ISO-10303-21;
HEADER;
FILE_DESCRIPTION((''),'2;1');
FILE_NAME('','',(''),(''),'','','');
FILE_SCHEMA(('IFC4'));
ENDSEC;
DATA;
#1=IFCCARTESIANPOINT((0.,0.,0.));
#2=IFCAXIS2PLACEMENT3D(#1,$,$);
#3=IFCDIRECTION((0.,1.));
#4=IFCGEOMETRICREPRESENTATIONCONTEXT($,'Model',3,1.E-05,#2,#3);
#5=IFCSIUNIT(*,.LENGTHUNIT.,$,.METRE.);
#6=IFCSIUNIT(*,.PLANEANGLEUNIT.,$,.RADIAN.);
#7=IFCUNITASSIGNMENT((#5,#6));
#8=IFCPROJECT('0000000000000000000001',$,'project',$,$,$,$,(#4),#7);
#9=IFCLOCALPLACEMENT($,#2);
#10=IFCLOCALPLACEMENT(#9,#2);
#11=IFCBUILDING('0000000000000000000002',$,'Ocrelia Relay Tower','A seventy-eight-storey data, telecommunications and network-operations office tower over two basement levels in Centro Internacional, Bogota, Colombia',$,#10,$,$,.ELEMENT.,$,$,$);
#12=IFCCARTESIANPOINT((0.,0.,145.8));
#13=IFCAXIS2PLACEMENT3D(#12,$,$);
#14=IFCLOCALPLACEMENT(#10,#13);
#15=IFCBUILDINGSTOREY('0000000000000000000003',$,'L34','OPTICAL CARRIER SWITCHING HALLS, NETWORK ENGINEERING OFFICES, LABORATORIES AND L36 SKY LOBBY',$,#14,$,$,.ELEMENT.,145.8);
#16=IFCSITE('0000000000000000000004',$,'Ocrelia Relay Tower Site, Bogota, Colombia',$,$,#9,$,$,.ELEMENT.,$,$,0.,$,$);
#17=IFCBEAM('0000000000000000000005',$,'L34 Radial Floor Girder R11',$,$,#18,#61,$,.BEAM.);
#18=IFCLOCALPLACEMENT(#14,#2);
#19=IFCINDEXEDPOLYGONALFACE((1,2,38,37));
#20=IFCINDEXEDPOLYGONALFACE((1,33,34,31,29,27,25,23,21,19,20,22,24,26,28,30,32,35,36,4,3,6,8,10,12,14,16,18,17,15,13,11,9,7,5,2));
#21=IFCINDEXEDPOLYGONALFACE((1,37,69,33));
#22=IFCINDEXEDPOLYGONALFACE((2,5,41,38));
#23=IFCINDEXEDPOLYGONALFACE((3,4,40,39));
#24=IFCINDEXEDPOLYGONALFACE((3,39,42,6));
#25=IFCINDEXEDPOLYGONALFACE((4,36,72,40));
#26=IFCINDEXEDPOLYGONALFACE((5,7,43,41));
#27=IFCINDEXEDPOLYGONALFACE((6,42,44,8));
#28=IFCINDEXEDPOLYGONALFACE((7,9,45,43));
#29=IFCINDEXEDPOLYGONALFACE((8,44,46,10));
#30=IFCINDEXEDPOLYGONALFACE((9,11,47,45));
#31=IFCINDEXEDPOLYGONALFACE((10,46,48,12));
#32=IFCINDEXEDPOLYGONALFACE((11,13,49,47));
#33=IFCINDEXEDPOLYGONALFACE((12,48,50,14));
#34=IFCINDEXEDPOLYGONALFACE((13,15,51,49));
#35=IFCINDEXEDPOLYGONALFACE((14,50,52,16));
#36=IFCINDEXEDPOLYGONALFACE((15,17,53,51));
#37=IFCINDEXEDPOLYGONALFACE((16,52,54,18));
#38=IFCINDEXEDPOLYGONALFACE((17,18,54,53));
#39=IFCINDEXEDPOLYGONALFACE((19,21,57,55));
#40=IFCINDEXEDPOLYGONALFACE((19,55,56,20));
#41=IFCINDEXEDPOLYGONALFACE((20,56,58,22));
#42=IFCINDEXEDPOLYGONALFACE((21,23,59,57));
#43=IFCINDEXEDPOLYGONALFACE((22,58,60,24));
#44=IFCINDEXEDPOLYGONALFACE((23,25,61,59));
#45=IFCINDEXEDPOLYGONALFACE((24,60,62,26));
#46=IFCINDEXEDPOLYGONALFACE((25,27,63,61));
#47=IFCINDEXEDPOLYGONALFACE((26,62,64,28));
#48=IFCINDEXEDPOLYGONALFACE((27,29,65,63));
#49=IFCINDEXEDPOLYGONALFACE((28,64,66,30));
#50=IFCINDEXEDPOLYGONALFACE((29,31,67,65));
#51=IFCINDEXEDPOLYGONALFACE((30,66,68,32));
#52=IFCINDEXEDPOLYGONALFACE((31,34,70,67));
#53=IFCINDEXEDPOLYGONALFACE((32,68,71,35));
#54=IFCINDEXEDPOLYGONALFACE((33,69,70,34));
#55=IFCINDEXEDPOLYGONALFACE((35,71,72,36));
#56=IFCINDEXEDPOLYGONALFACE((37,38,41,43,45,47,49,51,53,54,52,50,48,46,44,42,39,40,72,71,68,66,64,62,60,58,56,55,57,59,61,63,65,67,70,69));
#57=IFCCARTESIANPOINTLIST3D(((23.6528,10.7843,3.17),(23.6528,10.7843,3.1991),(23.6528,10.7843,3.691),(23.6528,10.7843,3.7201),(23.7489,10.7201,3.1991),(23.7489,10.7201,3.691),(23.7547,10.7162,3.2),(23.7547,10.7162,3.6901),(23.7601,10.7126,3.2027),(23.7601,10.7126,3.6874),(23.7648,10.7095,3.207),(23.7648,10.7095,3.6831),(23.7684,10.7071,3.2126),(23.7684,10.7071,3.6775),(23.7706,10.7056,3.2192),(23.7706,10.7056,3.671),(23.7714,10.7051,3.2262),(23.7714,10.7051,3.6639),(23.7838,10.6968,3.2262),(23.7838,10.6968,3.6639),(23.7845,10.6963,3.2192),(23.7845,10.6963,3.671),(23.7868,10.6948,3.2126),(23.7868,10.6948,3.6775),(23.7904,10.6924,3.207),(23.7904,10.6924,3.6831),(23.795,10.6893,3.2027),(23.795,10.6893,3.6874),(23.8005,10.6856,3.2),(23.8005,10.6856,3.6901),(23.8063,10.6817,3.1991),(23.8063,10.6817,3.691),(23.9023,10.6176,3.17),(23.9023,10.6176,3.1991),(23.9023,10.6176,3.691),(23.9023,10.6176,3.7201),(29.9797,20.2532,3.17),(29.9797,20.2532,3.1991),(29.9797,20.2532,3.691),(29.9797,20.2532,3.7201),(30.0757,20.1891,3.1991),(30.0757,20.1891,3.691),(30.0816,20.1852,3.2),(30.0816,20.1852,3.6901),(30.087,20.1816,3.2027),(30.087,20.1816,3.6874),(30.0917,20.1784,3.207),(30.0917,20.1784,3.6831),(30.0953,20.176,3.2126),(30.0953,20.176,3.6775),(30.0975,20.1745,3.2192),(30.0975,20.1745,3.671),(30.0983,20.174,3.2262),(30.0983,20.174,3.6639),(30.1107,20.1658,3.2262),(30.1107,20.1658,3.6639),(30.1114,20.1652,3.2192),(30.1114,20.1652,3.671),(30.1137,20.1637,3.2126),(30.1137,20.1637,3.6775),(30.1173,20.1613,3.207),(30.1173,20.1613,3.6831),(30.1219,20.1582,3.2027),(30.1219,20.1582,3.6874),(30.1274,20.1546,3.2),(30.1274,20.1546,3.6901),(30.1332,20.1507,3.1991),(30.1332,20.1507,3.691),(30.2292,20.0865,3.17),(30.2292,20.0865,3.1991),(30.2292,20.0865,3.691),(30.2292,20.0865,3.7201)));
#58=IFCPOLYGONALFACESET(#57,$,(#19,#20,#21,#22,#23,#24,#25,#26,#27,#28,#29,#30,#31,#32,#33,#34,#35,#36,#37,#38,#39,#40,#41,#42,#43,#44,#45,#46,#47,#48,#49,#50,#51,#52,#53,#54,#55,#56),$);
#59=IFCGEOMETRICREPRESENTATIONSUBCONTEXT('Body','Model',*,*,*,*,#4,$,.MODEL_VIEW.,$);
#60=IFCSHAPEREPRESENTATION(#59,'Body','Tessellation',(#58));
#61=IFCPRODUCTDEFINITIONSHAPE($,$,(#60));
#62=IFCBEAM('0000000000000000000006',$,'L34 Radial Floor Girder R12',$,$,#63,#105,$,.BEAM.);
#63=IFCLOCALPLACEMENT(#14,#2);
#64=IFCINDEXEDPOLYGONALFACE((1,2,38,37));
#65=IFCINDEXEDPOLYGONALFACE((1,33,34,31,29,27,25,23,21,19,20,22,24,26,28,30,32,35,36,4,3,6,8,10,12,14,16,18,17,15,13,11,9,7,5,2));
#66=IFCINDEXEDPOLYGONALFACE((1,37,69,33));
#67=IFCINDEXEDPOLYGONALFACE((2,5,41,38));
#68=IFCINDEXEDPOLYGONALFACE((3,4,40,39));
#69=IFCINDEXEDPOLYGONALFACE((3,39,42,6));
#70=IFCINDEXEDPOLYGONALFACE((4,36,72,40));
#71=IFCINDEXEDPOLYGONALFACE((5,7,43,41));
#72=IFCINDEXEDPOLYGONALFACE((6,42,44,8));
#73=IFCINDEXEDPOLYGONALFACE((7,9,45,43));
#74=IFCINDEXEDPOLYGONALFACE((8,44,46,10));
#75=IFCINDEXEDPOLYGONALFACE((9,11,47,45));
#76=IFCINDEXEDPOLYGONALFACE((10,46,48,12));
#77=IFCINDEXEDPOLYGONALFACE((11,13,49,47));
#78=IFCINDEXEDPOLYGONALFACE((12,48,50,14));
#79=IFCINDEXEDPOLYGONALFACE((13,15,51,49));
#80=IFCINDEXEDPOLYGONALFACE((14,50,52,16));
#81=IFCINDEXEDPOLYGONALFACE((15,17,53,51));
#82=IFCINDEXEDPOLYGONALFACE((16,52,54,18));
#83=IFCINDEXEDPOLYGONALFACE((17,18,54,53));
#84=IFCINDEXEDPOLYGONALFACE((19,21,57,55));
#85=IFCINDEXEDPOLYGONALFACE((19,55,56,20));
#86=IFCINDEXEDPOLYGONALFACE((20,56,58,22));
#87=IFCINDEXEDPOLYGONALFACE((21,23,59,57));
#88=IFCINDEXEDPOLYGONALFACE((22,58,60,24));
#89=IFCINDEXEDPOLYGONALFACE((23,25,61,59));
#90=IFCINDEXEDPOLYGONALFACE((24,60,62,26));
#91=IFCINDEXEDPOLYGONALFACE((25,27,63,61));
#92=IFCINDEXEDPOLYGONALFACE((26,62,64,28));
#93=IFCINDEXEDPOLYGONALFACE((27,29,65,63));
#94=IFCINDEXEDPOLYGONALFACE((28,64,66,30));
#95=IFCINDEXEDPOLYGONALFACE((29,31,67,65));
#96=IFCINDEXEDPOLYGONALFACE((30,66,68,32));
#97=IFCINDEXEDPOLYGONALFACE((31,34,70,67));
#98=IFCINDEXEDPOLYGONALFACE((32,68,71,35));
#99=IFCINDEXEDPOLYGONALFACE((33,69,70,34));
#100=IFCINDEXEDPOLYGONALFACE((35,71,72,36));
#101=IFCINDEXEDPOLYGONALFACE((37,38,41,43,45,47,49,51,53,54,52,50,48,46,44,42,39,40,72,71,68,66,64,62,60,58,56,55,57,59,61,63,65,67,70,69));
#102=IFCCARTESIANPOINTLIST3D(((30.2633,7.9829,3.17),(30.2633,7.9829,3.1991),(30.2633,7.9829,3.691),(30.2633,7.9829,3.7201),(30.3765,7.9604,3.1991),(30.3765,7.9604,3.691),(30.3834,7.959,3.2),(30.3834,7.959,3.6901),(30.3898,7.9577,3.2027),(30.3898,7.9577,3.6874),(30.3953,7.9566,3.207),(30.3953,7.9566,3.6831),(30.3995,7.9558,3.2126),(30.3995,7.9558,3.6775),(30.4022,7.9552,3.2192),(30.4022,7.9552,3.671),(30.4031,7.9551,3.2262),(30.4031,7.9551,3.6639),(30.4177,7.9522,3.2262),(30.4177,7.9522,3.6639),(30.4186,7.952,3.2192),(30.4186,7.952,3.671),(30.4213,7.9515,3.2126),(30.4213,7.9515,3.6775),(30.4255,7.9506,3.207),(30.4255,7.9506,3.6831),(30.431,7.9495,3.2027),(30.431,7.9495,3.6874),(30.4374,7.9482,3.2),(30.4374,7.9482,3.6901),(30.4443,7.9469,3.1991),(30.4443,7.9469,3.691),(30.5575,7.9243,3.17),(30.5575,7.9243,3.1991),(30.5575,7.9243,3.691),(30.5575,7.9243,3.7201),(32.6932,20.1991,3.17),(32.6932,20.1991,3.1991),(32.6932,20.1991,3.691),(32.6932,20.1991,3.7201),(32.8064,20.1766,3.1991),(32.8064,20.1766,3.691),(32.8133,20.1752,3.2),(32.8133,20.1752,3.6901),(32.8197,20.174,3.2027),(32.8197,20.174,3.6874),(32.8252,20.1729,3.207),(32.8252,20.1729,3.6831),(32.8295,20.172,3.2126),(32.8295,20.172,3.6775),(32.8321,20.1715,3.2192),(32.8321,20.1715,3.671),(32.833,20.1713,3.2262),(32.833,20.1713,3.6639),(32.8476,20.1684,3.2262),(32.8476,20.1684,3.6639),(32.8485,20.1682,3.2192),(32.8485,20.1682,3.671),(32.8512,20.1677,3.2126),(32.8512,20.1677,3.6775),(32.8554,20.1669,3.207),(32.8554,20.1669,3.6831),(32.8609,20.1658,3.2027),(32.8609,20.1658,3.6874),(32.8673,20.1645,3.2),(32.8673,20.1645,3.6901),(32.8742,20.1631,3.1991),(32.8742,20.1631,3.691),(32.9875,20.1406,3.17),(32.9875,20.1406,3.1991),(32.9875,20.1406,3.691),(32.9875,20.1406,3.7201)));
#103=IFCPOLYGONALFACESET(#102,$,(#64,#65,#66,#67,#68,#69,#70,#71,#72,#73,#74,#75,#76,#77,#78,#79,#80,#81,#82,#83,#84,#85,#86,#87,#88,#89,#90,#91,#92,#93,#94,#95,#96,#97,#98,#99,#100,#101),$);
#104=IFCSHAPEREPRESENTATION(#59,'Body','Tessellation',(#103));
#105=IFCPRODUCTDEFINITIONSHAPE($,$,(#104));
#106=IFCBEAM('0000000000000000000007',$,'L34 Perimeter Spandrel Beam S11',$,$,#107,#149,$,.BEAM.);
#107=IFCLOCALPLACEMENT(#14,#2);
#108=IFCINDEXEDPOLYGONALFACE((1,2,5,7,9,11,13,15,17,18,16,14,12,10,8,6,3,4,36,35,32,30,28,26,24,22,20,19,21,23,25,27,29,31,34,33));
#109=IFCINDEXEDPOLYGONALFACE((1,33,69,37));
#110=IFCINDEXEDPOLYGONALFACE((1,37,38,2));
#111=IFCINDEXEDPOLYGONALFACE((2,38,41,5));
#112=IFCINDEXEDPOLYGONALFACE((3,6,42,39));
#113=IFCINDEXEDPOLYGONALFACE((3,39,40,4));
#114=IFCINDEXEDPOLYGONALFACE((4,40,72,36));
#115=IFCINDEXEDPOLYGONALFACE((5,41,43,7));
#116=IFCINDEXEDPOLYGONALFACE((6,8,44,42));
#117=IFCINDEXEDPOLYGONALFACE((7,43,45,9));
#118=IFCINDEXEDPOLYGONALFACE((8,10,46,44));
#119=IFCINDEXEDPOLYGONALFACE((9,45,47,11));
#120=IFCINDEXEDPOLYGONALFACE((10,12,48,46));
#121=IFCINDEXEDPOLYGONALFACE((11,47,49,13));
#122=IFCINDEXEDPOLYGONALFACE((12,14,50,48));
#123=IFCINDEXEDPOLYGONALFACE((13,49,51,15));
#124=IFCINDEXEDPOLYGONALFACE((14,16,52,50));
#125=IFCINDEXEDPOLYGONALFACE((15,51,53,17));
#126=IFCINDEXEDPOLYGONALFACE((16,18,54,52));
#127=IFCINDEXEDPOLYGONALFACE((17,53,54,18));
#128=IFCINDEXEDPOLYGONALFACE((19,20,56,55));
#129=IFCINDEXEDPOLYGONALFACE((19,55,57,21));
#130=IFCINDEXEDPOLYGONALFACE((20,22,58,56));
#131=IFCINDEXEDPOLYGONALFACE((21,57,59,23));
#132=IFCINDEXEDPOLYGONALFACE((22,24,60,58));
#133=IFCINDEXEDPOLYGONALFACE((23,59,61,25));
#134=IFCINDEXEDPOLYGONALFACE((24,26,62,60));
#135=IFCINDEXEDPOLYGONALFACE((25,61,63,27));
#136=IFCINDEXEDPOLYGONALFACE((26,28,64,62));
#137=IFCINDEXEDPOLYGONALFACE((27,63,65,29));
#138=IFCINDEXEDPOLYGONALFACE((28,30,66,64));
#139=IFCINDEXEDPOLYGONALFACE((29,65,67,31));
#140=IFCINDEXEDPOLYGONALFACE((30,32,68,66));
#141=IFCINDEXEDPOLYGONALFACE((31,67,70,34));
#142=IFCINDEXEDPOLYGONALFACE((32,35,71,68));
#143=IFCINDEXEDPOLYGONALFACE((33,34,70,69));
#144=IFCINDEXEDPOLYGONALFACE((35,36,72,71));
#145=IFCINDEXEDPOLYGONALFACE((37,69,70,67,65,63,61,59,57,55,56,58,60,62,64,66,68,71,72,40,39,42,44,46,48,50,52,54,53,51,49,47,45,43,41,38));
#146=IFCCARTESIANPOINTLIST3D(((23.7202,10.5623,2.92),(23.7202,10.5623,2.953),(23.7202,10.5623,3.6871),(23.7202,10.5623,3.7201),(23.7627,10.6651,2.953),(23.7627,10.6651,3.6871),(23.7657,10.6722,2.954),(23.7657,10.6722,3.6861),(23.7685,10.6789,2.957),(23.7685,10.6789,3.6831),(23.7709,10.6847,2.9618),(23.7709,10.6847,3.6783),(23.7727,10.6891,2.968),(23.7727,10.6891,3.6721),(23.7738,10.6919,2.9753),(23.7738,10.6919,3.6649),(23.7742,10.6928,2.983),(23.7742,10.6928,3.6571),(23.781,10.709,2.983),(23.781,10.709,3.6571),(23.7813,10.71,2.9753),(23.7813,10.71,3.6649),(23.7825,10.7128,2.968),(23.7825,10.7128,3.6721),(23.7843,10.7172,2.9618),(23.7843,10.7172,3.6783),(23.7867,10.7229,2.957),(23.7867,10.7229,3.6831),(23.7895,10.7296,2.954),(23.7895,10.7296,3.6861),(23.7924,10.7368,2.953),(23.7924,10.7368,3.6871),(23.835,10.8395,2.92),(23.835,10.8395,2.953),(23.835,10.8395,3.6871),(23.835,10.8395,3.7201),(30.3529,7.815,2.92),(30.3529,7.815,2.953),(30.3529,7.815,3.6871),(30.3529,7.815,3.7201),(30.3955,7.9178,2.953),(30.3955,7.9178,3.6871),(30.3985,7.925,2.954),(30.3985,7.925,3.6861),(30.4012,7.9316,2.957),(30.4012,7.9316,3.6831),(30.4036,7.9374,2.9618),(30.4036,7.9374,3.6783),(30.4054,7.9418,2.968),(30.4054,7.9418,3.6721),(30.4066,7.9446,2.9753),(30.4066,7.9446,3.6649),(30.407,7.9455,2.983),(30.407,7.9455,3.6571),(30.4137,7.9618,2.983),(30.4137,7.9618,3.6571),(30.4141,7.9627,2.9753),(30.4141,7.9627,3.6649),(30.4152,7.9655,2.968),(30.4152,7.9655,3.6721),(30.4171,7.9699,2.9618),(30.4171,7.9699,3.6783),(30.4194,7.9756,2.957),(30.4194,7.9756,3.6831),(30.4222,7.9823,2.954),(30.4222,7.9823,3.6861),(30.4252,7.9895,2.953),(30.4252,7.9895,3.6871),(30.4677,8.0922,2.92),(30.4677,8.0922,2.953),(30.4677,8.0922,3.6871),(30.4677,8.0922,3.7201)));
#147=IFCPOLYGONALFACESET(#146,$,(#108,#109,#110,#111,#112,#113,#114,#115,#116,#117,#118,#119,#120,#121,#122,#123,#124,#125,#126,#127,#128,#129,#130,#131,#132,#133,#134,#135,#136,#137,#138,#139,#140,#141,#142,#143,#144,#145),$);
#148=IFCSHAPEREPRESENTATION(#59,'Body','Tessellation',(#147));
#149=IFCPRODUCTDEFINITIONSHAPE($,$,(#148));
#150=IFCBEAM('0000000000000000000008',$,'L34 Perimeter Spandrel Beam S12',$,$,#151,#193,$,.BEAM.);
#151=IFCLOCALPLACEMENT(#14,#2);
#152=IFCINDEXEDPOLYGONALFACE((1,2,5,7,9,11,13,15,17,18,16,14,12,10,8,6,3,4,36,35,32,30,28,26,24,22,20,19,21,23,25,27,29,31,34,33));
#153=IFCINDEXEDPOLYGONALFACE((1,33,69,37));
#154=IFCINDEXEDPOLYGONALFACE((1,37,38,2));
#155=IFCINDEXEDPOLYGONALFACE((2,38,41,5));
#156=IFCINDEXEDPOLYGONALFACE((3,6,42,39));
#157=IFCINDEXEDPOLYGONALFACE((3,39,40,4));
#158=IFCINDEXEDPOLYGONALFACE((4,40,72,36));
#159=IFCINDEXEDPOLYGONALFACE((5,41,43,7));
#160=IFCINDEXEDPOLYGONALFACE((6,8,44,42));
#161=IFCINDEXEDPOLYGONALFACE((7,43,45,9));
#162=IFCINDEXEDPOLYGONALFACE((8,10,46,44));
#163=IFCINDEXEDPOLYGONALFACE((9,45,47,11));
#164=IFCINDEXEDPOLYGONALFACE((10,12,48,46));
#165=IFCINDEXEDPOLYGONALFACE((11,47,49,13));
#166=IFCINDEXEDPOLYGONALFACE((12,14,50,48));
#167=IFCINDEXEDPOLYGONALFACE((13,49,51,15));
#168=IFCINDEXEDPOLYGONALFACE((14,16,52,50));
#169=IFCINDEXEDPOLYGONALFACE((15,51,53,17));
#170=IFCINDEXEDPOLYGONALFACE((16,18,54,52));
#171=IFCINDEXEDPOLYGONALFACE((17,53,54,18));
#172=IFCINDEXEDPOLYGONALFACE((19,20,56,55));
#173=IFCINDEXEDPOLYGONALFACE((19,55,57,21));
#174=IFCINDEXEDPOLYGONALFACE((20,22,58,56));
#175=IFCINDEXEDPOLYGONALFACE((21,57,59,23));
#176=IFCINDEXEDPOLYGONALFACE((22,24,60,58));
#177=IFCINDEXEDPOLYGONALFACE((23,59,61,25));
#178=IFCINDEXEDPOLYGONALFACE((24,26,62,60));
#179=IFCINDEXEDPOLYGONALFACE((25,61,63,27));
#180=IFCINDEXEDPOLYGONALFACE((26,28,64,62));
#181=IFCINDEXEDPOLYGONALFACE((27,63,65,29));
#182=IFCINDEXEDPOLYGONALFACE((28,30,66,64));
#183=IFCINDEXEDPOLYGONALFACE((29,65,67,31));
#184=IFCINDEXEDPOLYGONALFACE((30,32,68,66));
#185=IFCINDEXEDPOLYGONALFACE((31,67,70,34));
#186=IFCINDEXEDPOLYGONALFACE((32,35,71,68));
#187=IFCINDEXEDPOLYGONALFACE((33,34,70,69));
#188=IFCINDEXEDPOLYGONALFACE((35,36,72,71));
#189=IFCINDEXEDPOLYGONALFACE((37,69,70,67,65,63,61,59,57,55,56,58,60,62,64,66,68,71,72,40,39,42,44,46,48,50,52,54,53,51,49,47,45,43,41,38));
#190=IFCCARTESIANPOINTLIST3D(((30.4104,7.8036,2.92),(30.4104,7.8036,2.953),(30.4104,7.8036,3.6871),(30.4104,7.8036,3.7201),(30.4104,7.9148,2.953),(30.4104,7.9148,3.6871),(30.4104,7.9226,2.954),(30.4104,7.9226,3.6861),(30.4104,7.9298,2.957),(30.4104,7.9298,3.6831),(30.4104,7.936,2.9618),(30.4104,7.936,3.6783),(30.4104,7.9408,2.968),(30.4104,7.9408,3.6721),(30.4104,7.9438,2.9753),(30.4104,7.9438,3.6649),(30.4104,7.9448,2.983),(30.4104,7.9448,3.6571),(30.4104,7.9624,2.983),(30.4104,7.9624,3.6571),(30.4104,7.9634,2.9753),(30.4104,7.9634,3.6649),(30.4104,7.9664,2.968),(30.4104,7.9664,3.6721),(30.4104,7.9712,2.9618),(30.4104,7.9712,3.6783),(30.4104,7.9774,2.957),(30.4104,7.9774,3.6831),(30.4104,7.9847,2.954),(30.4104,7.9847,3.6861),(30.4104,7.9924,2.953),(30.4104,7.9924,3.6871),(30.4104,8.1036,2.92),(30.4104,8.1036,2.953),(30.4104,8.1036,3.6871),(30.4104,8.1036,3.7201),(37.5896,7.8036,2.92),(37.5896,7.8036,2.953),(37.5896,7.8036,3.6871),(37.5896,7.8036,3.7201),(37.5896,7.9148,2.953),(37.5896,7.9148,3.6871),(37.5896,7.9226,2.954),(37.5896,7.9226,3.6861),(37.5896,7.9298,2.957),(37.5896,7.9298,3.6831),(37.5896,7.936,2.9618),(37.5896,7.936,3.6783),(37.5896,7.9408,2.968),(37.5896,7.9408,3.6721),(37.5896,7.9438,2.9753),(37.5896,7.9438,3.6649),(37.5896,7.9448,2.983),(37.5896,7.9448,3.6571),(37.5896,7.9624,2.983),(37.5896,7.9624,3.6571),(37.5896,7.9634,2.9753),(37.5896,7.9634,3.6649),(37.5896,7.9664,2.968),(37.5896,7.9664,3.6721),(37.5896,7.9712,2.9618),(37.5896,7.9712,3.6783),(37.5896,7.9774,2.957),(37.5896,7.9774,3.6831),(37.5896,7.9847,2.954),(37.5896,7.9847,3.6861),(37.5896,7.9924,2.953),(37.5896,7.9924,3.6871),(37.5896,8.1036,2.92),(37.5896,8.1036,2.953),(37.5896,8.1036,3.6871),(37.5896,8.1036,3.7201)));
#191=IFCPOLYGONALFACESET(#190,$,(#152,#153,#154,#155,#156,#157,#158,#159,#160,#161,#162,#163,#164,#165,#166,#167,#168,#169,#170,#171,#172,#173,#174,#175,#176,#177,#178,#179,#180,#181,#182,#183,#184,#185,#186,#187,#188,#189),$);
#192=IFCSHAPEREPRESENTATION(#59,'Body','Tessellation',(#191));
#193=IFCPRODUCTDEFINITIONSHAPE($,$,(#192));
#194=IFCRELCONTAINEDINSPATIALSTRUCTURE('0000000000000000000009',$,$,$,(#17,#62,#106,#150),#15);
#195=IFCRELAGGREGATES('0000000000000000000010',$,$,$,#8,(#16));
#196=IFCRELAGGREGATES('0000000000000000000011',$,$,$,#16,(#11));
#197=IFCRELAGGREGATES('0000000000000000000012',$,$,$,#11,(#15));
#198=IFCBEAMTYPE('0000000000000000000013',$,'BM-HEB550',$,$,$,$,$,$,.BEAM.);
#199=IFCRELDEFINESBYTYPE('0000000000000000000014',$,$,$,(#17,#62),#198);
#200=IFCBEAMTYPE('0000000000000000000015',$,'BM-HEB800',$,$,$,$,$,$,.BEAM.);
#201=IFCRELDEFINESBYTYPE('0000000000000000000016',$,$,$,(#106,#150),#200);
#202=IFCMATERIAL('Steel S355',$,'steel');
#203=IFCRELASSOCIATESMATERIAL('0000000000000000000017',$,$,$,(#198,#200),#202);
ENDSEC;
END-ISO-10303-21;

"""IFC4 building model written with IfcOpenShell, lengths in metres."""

from ifc_helpers import new_model, si_unit, direction, frame, origin, origin_2d, place, context, subcontext, project, spatial, i_section, extrude, material, material_profile, profile_set, type_object, element, save


model = new_model("IFC4")

# Units and contexts
model_context = context("Model", 3, precision=1e-05, world=origin(), true_north=direction((0.0, 1.0)))
body_context = subcontext(model_context, "Body", "Model", "MODEL_VIEW")
ifc_project = project(units=[si_unit("LENGTHUNIT", "METRE"), si_unit("PLANEANGLEUNIT", "RADIAN")], contexts=[model_context])

# Site, building, storey
site_placement = place(None, origin())
site = spatial("IfcSite", under=ifc_project, at=site_placement, Name="Ocrelia Relay Tower Site, Bogota, Colombia", CompositionType="ELEMENT", RefElevation=0.0)
building_placement = place(site_placement, origin())
building = spatial("IfcBuilding", under=site, at=building_placement, Name="Ocrelia Relay Tower", Description="A seventy-eight-storey data, telecommunications and network-operations office tower over two basement levels in Centro Internacional, Bogota, Colombia", CompositionType="ELEMENT")
storey_placement = place(building_placement, frame((0.0, 0.0, 145.8)))
storey = spatial("IfcBuildingStorey", under=building, at=storey_placement, Name="L34", Description="OPTICAL CARRIER SWITCHING HALLS, NETWORK ENGINEERING OFFICES, LABORATORIES AND L36 SKY LOBBY", CompositionType="ELEMENT", Elevation=145.8)

# Beams
ifc_material_1 = material(Name="Steel S355", Category="steel")
ifc_material_profile_1 = material_profile(ifc_material_1, i_section(OverallWidth=0.3, OverallDepth=0.55, WebThickness=0.0149, FlangeThickness=0.0291, FilletRadius=0.0271, at=origin_2d()), Name="HEB 550")
ifc_profile_set_1 = profile_set([ifc_material_profile_1], Name="Steel S355")
beam_type_1 = type_object("IfcBeamType", Name="BM-HEB550", PredefinedType="BEAM", material=ifc_profile_set_1)
beam_1_placement = place(storey_placement, frame((23.7776, 10.7009, 3.4451), z_axis=(0.555566, 0.831473, 0.0), x_axis=(-0.831473, 0.555566, 0.0)))
element("IfcBeam", 1, at=beam_1_placement, inside=storey, type_object=beam_type_1, Name="L34 Radial Floor Girder R11", PredefinedType="BEAM", context=body_context, shape_type="SweptSolid", body=[
    extrude(i_section(OverallWidth=0.3, OverallDepth=0.55, WebThickness=0.0149, FlangeThickness=0.0291, FilletRadius=0.0271, at=origin_2d()), origin(), (0.0, 0.0, 1.0), 11.3882),
])
beam_2_placement = place(storey_placement, frame((30.4104, 7.9536, 3.4451), z_axis=(0.195087, 0.980786, 0.0), x_axis=(-0.980786, 0.195087, 0.0)))
element("IfcBeam", 2, at=beam_2_placement, inside=storey, type_object=beam_type_1, Name="L34 Radial Floor Girder R12", PredefinedType="BEAM", context=body_context, shape_type="SweptSolid", body=[
    extrude(i_section(OverallWidth=0.3, OverallDepth=0.55, WebThickness=0.0149, FlangeThickness=0.0291, FilletRadius=0.0271, at=origin_2d()), origin(), (0.0, 0.0, 1.0), 12.4556),
])
ifc_material_profile_2 = material_profile(ifc_material_1, i_section(OverallWidth=0.3, OverallDepth=0.8, WebThickness=0.0176, FlangeThickness=0.033, FilletRadius=0.03, at=origin_2d()), Name="HEB 800")
ifc_profile_set_2 = profile_set([ifc_material_profile_2], Name="Steel S355")
beam_type_2 = type_object("IfcBeamType", Name="BM-HEB800", PredefinedType="BEAM", material=ifc_profile_set_2)
for number, where, z_axis, x_axis, name in (
    (3, (23.7776, 10.7009, 3.3201), (0.923884, -0.382673, 0.0), (0.382673, 0.923884, 0.0), "L34 Perimeter Spandrel Beam S11"),
    (4, (30.4104, 7.9536, 3.3201), (1.0, 0.0, 0.0), (0.0, 1.0, 0.0), "L34 Perimeter Spandrel Beam S12"),
):
    element("IfcBeam", number, at=place(storey_placement, frame(where, z_axis=z_axis, x_axis=x_axis)), inside=storey, type_object=beam_type_2, Name=name, PredefinedType="BEAM", context=body_context, shape_type="SweptSolid", body=[
        extrude(i_section(OverallWidth=0.3, OverallDepth=0.8, WebThickness=0.0176, FlangeThickness=0.033, FilletRadius=0.03, at=origin_2d()), origin(), (0.0, 0.0, 1.0), 7.1792),
    ])

save(model, "model.ifc")
